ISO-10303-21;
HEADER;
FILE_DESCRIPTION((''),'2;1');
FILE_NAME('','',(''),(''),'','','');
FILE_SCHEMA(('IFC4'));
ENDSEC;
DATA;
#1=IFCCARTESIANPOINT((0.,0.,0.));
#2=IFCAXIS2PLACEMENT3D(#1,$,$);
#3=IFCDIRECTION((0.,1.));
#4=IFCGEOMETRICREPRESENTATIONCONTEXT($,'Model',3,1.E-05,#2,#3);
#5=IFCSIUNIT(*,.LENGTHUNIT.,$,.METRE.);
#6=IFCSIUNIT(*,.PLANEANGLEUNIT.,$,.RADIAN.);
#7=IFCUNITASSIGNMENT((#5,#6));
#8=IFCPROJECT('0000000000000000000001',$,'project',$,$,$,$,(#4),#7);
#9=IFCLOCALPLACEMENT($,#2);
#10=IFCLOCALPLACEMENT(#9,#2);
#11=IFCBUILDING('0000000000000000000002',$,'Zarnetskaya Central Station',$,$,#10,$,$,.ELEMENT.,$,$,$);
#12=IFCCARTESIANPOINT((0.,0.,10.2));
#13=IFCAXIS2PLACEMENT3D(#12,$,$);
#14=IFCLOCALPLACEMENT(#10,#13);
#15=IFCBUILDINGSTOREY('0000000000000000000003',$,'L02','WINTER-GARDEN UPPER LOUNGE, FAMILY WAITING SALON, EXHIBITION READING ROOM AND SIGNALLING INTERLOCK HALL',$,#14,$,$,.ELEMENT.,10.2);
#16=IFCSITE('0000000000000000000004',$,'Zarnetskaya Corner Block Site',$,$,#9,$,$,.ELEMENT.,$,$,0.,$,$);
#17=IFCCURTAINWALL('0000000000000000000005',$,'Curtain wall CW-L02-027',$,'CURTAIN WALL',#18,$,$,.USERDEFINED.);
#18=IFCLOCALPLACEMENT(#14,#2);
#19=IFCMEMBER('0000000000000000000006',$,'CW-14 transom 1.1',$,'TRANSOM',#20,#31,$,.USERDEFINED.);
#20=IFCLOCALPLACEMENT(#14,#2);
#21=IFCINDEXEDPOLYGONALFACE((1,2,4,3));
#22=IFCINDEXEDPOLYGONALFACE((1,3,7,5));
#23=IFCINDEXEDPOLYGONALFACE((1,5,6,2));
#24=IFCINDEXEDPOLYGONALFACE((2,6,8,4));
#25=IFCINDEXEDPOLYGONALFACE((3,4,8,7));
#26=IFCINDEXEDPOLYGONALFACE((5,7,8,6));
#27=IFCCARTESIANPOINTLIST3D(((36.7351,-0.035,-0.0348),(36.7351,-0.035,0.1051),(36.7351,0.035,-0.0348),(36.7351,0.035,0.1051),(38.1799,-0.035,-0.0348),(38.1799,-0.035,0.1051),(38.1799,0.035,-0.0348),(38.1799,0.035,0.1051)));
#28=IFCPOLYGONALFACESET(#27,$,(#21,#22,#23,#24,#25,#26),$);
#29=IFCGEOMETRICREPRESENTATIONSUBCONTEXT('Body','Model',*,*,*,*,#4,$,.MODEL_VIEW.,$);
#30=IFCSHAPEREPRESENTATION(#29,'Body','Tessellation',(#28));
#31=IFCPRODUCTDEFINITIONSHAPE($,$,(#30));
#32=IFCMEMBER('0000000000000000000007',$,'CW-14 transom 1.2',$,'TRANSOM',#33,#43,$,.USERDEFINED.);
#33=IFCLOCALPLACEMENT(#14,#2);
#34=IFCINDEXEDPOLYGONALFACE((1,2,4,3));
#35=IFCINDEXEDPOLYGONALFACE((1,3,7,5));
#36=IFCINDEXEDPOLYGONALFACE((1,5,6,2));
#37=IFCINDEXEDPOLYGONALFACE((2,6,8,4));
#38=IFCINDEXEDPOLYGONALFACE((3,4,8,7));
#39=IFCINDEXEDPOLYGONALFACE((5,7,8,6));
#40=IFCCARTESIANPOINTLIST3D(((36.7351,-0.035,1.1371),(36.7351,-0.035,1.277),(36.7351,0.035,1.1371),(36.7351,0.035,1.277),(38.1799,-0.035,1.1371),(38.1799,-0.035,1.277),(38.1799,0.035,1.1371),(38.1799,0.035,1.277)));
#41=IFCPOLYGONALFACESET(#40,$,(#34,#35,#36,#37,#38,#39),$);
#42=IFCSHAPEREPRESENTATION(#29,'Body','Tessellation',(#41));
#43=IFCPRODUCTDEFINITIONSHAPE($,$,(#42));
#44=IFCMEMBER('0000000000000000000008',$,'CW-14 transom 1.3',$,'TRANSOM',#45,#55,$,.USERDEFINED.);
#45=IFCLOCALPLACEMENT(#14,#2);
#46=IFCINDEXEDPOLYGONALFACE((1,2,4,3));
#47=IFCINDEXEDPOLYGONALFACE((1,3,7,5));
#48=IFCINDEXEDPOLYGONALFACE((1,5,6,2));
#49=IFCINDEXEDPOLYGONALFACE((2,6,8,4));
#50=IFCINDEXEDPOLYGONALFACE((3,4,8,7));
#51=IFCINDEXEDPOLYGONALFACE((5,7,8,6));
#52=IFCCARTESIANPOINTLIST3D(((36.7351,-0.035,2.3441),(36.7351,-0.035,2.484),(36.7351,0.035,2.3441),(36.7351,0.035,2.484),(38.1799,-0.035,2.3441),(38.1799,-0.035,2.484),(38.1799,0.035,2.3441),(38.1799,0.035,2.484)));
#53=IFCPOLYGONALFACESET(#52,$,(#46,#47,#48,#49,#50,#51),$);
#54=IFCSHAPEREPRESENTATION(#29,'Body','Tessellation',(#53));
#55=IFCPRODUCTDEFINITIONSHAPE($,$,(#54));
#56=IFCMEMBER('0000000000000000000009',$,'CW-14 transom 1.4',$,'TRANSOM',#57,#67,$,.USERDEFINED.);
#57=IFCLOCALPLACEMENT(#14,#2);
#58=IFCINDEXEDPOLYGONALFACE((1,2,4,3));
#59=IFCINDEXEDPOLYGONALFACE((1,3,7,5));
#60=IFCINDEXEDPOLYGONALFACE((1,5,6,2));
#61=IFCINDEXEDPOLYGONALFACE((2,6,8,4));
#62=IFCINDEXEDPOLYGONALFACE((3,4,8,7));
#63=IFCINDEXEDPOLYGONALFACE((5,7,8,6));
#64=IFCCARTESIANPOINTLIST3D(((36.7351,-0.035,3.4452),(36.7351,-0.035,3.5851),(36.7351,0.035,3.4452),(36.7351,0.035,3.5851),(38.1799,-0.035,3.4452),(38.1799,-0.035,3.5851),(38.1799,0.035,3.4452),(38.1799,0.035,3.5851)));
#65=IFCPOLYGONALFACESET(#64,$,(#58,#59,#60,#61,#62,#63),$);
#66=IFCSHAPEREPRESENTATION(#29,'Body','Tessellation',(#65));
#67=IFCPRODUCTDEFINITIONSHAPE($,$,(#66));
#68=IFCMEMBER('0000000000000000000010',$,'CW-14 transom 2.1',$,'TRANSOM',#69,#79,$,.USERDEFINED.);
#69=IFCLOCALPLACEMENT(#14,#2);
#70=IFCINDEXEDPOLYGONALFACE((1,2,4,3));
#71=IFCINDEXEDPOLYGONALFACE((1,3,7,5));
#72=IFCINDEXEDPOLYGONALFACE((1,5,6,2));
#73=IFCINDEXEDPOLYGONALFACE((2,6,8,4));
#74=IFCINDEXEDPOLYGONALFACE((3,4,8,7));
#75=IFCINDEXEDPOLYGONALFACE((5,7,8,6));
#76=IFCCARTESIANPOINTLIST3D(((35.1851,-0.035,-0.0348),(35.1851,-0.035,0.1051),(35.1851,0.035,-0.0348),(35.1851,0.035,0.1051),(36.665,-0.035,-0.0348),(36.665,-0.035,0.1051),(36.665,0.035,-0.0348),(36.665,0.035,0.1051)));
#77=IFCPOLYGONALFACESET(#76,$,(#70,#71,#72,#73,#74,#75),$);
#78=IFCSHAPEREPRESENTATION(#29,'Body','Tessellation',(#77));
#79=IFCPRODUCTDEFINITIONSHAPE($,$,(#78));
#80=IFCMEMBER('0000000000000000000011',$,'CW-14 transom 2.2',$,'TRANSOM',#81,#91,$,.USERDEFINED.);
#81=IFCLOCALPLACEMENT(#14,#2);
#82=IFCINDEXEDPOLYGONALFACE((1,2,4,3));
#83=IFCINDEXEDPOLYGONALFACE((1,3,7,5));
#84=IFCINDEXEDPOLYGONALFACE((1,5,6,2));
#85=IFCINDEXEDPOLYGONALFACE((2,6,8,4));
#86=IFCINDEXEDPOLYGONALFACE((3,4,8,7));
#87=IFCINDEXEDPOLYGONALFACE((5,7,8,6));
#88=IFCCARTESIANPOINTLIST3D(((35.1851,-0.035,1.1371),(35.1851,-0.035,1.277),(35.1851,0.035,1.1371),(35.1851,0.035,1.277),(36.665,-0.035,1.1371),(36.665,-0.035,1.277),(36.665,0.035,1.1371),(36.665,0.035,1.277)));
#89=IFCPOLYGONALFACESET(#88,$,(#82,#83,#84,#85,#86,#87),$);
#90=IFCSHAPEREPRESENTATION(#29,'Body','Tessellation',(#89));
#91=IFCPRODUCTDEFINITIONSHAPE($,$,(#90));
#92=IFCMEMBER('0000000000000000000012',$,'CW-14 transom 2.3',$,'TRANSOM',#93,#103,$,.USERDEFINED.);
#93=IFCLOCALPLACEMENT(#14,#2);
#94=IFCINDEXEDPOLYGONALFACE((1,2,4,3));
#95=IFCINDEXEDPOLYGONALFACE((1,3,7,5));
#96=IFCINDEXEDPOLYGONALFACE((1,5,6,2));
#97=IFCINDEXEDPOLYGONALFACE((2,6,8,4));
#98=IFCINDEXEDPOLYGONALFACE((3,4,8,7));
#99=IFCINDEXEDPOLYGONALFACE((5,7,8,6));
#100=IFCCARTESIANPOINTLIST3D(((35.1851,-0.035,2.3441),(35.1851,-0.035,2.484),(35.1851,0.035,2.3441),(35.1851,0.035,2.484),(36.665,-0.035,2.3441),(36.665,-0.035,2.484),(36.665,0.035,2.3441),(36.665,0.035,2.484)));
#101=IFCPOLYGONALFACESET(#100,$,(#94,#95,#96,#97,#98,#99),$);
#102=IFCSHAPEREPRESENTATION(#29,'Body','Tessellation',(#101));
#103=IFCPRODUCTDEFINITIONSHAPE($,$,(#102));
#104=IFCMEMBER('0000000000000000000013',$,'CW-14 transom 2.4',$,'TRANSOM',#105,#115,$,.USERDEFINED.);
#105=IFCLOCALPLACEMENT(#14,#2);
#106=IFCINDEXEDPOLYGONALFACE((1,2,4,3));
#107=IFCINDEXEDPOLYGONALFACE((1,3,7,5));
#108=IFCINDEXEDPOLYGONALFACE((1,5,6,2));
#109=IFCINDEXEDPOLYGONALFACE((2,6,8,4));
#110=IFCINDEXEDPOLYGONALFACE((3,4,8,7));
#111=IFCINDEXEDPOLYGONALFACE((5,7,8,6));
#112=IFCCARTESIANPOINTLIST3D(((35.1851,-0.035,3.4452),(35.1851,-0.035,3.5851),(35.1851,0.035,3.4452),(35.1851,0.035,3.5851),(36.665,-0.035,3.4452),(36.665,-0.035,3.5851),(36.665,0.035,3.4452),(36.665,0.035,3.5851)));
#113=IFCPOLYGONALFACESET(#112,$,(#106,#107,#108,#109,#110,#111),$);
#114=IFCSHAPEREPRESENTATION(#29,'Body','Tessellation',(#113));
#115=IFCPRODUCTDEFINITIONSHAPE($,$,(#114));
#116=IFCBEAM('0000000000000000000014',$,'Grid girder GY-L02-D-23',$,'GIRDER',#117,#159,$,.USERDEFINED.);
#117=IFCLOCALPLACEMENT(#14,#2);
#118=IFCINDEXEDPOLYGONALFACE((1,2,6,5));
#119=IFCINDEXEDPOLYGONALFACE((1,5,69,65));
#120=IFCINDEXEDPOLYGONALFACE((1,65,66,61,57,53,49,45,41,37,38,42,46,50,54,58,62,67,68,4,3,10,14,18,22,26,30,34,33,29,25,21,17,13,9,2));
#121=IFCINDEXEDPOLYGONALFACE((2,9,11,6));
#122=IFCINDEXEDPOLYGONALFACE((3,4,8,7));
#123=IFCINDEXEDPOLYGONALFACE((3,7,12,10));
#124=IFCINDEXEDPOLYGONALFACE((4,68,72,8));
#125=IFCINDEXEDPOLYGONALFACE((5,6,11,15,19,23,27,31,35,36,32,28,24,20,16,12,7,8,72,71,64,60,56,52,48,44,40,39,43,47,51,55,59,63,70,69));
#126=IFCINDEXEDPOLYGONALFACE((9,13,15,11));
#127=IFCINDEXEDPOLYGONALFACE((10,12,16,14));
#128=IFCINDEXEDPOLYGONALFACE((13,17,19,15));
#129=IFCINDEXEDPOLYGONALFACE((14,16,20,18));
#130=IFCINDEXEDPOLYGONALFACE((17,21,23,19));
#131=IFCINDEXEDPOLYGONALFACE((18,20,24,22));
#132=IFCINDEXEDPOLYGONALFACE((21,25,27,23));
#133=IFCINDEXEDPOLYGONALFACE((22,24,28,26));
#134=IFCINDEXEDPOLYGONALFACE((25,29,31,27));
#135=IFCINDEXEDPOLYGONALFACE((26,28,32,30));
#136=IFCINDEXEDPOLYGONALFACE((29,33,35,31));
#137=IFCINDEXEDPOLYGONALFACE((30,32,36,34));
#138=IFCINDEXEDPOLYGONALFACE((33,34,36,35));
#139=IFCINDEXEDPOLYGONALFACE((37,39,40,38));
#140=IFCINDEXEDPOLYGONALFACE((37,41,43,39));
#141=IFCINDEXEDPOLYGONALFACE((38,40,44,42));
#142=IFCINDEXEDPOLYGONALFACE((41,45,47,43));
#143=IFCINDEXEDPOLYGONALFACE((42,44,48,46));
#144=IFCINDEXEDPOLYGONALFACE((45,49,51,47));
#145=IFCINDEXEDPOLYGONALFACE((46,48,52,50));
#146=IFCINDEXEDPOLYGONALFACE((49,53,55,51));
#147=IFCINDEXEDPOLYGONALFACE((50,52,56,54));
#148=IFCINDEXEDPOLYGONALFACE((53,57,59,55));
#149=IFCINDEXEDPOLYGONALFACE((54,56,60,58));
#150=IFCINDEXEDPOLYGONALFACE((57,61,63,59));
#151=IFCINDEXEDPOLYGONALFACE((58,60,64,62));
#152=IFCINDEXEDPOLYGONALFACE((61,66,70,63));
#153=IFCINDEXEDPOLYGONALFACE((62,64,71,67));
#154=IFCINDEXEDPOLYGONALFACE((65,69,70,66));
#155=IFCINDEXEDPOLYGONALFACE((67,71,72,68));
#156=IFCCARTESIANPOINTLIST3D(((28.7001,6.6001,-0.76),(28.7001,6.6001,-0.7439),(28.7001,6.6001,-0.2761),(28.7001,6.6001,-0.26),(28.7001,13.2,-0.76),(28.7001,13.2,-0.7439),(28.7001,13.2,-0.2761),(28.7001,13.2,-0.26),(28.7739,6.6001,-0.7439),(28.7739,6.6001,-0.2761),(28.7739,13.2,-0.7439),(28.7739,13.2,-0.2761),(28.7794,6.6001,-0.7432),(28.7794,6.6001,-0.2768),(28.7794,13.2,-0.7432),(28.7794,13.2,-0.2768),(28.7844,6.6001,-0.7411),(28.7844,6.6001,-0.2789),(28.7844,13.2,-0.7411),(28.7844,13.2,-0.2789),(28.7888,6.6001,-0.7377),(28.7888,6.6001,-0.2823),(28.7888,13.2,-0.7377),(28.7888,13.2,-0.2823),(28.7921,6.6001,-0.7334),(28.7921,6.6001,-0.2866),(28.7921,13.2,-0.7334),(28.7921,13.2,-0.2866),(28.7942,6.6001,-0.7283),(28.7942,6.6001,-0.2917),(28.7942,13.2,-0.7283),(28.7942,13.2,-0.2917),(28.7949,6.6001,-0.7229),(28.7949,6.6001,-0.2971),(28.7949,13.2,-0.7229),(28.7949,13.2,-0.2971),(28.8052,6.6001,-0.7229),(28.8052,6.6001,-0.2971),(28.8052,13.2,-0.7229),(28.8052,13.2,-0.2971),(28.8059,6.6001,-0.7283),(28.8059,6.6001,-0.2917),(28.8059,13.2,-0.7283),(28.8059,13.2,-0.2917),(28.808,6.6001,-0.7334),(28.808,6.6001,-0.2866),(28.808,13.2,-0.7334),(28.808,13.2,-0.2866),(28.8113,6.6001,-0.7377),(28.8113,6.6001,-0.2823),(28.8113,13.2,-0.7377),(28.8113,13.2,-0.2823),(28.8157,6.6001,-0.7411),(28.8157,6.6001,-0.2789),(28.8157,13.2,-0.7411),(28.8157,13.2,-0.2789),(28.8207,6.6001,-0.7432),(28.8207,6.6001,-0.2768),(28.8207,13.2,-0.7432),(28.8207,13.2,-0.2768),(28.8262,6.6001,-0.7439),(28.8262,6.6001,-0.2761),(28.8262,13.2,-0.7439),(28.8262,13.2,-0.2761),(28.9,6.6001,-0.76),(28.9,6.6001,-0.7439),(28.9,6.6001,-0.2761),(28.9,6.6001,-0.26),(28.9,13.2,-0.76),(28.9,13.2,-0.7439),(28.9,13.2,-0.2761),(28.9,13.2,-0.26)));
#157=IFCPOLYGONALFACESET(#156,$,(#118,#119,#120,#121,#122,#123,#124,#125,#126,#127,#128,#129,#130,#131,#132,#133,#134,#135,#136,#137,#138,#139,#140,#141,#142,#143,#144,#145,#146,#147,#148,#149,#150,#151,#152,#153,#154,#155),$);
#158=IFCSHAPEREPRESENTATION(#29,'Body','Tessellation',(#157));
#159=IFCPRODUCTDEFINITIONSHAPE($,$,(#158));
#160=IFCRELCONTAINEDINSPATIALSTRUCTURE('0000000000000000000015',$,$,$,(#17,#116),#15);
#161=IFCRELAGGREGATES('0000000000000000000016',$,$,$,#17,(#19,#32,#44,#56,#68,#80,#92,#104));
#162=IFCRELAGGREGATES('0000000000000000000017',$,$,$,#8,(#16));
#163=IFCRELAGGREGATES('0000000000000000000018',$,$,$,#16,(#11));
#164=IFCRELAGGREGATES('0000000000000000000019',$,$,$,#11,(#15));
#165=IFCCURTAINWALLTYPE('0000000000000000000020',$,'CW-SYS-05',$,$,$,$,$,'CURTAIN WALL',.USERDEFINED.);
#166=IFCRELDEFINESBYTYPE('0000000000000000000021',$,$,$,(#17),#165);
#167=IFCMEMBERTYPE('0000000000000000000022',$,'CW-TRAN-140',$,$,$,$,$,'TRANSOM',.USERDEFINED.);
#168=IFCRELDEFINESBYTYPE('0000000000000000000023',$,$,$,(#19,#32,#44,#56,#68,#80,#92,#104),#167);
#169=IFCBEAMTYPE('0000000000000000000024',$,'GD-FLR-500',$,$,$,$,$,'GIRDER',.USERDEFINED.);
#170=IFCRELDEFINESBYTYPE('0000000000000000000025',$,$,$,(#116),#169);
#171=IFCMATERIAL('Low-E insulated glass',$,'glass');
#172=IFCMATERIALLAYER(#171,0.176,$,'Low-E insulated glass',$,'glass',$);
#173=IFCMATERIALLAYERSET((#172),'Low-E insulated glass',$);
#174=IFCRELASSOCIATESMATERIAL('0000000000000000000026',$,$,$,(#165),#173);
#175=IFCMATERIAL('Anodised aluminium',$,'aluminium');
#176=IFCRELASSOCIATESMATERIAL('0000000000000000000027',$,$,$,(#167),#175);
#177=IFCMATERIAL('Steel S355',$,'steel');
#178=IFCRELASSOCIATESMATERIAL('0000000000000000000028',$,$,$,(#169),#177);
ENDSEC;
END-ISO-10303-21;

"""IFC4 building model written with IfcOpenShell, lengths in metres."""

from ifc_helpers import new_model, si_unit, direction, frame, origin, origin_2d, place, context, subcontext, project, spatial, rectangle, i_section, extrude, material, layer, layer_set, material_profile, profile_set, type_object, element, aggregate, save


model = new_model("IFC4")

# Units and contexts
model_context = context("Model", 3, precision=1e-05, world=origin(), true_north=direction((0.0, 1.0)))
body_context = subcontext(model_context, "Body", "Model", "MODEL_VIEW")
ifc_project = project(units=[si_unit("LENGTHUNIT", "METRE"), si_unit("PLANEANGLEUNIT", "RADIAN")], contexts=[model_context])

# Site, building, storey
site_placement = place(None, origin())
site = spatial("IfcSite", under=ifc_project, at=site_placement, Name="Zarnetskaya Corner Block Site", CompositionType="ELEMENT", RefElevation=0.0)
building_placement = place(site_placement, origin())
building = spatial("IfcBuilding", under=site, at=building_placement, Name="Zarnetskaya Central Station", CompositionType="ELEMENT")
storey_placement = place(building_placement, frame((0.0, 0.0, 10.2)))
storey = spatial("IfcBuildingStorey", under=building, at=storey_placement, Name="L02", Description="WINTER-GARDEN UPPER LOUNGE, FAMILY WAITING SALON, EXHIBITION READING ROOM AND SIGNALLING INTERLOCK HALL", CompositionType="ELEMENT", Elevation=10.2)

# Shared definitions
ifc_material_1 = material(Name="Steel S355", Category="steel")

# Curtain wall
ifc_material_2 = material(Name="Low-E insulated glass", Category="glass")
ifc_layer_1 = layer(ifc_material_2, 0.176, Name="Low-E insulated glass", Category="glass")
ifc_layer_set_1 = layer_set([ifc_layer_1], Name="Low-E insulated glass")
curtain_wall_type_1 = type_object("IfcCurtainWallType", Name="CW-SYS-05", ElementType="CURTAIN WALL", PredefinedType="USERDEFINED", material=ifc_layer_set_1)
curtain_wall_1_placement = place(storey_placement, origin())
curtain_wall_1 = element("IfcCurtainWall", 1, at=curtain_wall_1_placement, inside=storey, type_object=curtain_wall_type_1, Name="Curtain wall CW-L02-027", ObjectType="CURTAIN WALL", PredefinedType="USERDEFINED")
ifc_material_3 = material(Name="Anodised aluminium", Category="aluminium")

# Members
ifc_material_profile_1 = material_profile(ifc_material_3, rectangle(XDim=0.0701, YDim=0.1399, at=origin_2d()), Name="ALU TRAN 70x140")
ifc_profile_set_1 = profile_set([ifc_material_profile_1], Name="Anodised aluminium")
member_type_1 = type_object("IfcMemberType", Name="CW-TRAN-140", ElementType="TRANSOM", PredefinedType="USERDEFINED", material=ifc_profile_set_1)
member_1_placement = place(storey_placement, frame((38.1799, 0.0, 0.0352), z_axis=(-1.0, 0.0, 0.0), x_axis=(0.0, -1.0, 0.0)))
member_1 = element("IfcMember", 2, at=member_1_placement, type_object=member_type_1, Name="CW-14 transom 1.1", ObjectType="TRANSOM", PredefinedType="USERDEFINED", context=body_context, shape_type="SweptSolid", body=[
    extrude(rectangle(XDim=0.0701, YDim=0.1399, at=origin_2d()), origin(), (0.0, 0.0, 1.0), 1.4448),
])
member_2_placement = place(storey_placement, frame((38.1799, 0.0, 1.207), z_axis=(-1.0, 0.0, 0.0), x_axis=(0.0, -1.0, 0.0)))
member_2 = element("IfcMember", 3, at=member_2_placement, type_object=member_type_1, Name="CW-14 transom 1.2", ObjectType="TRANSOM", PredefinedType="USERDEFINED", context=body_context, shape_type="SweptSolid", body=[
    extrude(rectangle(XDim=0.0701, YDim=0.1399, at=origin_2d()), origin(), (0.0, 0.0, 1.0), 1.4448),
])
member_3_placement = place(storey_placement, frame((38.1799, 0.0, 2.4141), z_axis=(-1.0, 0.0, 0.0), x_axis=(0.0, -1.0, 0.0)))
member_3 = element("IfcMember", 4, at=member_3_placement, type_object=member_type_1, Name="CW-14 transom 1.3", ObjectType="TRANSOM", PredefinedType="USERDEFINED", context=body_context, shape_type="SweptSolid", body=[
    extrude(rectangle(XDim=0.0701, YDim=0.1399, at=origin_2d()), origin(), (0.0, 0.0, 1.0), 1.4448),
])
member_4_placement = place(storey_placement, frame((38.1799, 0.0, 3.5151), z_axis=(-1.0, 0.0, 0.0), x_axis=(0.0, -1.0, 0.0)))
member_4 = element("IfcMember", 5, at=member_4_placement, type_object=member_type_1, Name="CW-14 transom 1.4", ObjectType="TRANSOM", PredefinedType="USERDEFINED", context=body_context, shape_type="SweptSolid", body=[
    extrude(rectangle(XDim=0.0701, YDim=0.1399, at=origin_2d()), origin(), (0.0, 0.0, 1.0), 1.4448),
])
member_5_placement = place(storey_placement, frame((36.665, 0.0, 0.0352), z_axis=(-1.0, 0.0, 0.0), x_axis=(0.0, -1.0, 0.0)))
member_5 = element("IfcMember", 6, at=member_5_placement, type_object=member_type_1, Name="CW-14 transom 2.1", ObjectType="TRANSOM", PredefinedType="USERDEFINED", context=body_context, shape_type="SweptSolid", body=[
    extrude(rectangle(XDim=0.0701, YDim=0.1399, at=origin_2d()), origin(), (0.0, 0.0, 1.0), 1.48),
])
member_6_placement = place(storey_placement, frame((36.665, 0.0, 1.207), z_axis=(-1.0, 0.0, 0.0), x_axis=(0.0, -1.0, 0.0)))
member_6 = element("IfcMember", 7, at=member_6_placement, type_object=member_type_1, Name="CW-14 transom 2.2", ObjectType="TRANSOM", PredefinedType="USERDEFINED", context=body_context, shape_type="SweptSolid", body=[
    extrude(rectangle(XDim=0.0701, YDim=0.1399, at=origin_2d()), origin(), (0.0, 0.0, 1.0), 1.48),
])
member_7_placement = place(storey_placement, frame((36.665, 0.0, 2.4141), z_axis=(-1.0, 0.0, 0.0), x_axis=(0.0, -1.0, 0.0)))
member_7 = element("IfcMember", 8, at=member_7_placement, type_object=member_type_1, Name="CW-14 transom 2.3", ObjectType="TRANSOM", PredefinedType="USERDEFINED", context=body_context, shape_type="SweptSolid", body=[
    extrude(rectangle(XDim=0.0701, YDim=0.1399, at=origin_2d()), origin(), (0.0, 0.0, 1.0), 1.48),
])
member_8_placement = place(storey_placement, frame((36.665, 0.0, 3.5151), z_axis=(-1.0, 0.0, 0.0), x_axis=(0.0, -1.0, 0.0)))
member_8 = element("IfcMember", 9, at=member_8_placement, type_object=member_type_1, Name="CW-14 transom 2.4", ObjectType="TRANSOM", PredefinedType="USERDEFINED", context=body_context, shape_type="SweptSolid", body=[
    extrude(rectangle(XDim=0.0701, YDim=0.1399, at=origin_2d()), origin(), (0.0, 0.0, 1.0), 1.48),
])

# Beam
ifc_material_profile_2 = material_profile(ifc_material_1, i_section(OverallWidth=0.2, OverallDepth=0.5, WebThickness=0.0103, FlangeThickness=0.0161, FilletRadius=0.021, at=origin_2d()), Name="IPE 500")
ifc_profile_set_2 = profile_set([ifc_material_profile_2], Name="Steel S355")
beam_type_1 = type_object("IfcBeamType", Name="GD-FLR-500", ElementType="GIRDER", PredefinedType="USERDEFINED", material=ifc_profile_set_2)
beam_1_placement = place(storey_placement, frame((28.8, 6.6001, -0.51), z_axis=(0.0, 1.0, 0.0), x_axis=(-1.0, 0.0, 0.0)))
element("IfcBeam", 10, at=beam_1_placement, inside=storey, type_object=beam_type_1, Name="Grid girder GY-L02-D-23", ObjectType="GIRDER", PredefinedType="USERDEFINED", context=body_context, shape_type="SweptSolid", body=[
    extrude(i_section(OverallWidth=0.2, OverallDepth=0.5, WebThickness=0.0103, FlangeThickness=0.0161, FilletRadius=0.021, at=origin_2d()), origin(), (0.0, 0.0, 1.0), 6.5999),
])

aggregate(curtain_wall_1, [member_1, member_2, member_3, member_4, member_5, member_6, member_7, member_8])

save(model, "model.ifc")
